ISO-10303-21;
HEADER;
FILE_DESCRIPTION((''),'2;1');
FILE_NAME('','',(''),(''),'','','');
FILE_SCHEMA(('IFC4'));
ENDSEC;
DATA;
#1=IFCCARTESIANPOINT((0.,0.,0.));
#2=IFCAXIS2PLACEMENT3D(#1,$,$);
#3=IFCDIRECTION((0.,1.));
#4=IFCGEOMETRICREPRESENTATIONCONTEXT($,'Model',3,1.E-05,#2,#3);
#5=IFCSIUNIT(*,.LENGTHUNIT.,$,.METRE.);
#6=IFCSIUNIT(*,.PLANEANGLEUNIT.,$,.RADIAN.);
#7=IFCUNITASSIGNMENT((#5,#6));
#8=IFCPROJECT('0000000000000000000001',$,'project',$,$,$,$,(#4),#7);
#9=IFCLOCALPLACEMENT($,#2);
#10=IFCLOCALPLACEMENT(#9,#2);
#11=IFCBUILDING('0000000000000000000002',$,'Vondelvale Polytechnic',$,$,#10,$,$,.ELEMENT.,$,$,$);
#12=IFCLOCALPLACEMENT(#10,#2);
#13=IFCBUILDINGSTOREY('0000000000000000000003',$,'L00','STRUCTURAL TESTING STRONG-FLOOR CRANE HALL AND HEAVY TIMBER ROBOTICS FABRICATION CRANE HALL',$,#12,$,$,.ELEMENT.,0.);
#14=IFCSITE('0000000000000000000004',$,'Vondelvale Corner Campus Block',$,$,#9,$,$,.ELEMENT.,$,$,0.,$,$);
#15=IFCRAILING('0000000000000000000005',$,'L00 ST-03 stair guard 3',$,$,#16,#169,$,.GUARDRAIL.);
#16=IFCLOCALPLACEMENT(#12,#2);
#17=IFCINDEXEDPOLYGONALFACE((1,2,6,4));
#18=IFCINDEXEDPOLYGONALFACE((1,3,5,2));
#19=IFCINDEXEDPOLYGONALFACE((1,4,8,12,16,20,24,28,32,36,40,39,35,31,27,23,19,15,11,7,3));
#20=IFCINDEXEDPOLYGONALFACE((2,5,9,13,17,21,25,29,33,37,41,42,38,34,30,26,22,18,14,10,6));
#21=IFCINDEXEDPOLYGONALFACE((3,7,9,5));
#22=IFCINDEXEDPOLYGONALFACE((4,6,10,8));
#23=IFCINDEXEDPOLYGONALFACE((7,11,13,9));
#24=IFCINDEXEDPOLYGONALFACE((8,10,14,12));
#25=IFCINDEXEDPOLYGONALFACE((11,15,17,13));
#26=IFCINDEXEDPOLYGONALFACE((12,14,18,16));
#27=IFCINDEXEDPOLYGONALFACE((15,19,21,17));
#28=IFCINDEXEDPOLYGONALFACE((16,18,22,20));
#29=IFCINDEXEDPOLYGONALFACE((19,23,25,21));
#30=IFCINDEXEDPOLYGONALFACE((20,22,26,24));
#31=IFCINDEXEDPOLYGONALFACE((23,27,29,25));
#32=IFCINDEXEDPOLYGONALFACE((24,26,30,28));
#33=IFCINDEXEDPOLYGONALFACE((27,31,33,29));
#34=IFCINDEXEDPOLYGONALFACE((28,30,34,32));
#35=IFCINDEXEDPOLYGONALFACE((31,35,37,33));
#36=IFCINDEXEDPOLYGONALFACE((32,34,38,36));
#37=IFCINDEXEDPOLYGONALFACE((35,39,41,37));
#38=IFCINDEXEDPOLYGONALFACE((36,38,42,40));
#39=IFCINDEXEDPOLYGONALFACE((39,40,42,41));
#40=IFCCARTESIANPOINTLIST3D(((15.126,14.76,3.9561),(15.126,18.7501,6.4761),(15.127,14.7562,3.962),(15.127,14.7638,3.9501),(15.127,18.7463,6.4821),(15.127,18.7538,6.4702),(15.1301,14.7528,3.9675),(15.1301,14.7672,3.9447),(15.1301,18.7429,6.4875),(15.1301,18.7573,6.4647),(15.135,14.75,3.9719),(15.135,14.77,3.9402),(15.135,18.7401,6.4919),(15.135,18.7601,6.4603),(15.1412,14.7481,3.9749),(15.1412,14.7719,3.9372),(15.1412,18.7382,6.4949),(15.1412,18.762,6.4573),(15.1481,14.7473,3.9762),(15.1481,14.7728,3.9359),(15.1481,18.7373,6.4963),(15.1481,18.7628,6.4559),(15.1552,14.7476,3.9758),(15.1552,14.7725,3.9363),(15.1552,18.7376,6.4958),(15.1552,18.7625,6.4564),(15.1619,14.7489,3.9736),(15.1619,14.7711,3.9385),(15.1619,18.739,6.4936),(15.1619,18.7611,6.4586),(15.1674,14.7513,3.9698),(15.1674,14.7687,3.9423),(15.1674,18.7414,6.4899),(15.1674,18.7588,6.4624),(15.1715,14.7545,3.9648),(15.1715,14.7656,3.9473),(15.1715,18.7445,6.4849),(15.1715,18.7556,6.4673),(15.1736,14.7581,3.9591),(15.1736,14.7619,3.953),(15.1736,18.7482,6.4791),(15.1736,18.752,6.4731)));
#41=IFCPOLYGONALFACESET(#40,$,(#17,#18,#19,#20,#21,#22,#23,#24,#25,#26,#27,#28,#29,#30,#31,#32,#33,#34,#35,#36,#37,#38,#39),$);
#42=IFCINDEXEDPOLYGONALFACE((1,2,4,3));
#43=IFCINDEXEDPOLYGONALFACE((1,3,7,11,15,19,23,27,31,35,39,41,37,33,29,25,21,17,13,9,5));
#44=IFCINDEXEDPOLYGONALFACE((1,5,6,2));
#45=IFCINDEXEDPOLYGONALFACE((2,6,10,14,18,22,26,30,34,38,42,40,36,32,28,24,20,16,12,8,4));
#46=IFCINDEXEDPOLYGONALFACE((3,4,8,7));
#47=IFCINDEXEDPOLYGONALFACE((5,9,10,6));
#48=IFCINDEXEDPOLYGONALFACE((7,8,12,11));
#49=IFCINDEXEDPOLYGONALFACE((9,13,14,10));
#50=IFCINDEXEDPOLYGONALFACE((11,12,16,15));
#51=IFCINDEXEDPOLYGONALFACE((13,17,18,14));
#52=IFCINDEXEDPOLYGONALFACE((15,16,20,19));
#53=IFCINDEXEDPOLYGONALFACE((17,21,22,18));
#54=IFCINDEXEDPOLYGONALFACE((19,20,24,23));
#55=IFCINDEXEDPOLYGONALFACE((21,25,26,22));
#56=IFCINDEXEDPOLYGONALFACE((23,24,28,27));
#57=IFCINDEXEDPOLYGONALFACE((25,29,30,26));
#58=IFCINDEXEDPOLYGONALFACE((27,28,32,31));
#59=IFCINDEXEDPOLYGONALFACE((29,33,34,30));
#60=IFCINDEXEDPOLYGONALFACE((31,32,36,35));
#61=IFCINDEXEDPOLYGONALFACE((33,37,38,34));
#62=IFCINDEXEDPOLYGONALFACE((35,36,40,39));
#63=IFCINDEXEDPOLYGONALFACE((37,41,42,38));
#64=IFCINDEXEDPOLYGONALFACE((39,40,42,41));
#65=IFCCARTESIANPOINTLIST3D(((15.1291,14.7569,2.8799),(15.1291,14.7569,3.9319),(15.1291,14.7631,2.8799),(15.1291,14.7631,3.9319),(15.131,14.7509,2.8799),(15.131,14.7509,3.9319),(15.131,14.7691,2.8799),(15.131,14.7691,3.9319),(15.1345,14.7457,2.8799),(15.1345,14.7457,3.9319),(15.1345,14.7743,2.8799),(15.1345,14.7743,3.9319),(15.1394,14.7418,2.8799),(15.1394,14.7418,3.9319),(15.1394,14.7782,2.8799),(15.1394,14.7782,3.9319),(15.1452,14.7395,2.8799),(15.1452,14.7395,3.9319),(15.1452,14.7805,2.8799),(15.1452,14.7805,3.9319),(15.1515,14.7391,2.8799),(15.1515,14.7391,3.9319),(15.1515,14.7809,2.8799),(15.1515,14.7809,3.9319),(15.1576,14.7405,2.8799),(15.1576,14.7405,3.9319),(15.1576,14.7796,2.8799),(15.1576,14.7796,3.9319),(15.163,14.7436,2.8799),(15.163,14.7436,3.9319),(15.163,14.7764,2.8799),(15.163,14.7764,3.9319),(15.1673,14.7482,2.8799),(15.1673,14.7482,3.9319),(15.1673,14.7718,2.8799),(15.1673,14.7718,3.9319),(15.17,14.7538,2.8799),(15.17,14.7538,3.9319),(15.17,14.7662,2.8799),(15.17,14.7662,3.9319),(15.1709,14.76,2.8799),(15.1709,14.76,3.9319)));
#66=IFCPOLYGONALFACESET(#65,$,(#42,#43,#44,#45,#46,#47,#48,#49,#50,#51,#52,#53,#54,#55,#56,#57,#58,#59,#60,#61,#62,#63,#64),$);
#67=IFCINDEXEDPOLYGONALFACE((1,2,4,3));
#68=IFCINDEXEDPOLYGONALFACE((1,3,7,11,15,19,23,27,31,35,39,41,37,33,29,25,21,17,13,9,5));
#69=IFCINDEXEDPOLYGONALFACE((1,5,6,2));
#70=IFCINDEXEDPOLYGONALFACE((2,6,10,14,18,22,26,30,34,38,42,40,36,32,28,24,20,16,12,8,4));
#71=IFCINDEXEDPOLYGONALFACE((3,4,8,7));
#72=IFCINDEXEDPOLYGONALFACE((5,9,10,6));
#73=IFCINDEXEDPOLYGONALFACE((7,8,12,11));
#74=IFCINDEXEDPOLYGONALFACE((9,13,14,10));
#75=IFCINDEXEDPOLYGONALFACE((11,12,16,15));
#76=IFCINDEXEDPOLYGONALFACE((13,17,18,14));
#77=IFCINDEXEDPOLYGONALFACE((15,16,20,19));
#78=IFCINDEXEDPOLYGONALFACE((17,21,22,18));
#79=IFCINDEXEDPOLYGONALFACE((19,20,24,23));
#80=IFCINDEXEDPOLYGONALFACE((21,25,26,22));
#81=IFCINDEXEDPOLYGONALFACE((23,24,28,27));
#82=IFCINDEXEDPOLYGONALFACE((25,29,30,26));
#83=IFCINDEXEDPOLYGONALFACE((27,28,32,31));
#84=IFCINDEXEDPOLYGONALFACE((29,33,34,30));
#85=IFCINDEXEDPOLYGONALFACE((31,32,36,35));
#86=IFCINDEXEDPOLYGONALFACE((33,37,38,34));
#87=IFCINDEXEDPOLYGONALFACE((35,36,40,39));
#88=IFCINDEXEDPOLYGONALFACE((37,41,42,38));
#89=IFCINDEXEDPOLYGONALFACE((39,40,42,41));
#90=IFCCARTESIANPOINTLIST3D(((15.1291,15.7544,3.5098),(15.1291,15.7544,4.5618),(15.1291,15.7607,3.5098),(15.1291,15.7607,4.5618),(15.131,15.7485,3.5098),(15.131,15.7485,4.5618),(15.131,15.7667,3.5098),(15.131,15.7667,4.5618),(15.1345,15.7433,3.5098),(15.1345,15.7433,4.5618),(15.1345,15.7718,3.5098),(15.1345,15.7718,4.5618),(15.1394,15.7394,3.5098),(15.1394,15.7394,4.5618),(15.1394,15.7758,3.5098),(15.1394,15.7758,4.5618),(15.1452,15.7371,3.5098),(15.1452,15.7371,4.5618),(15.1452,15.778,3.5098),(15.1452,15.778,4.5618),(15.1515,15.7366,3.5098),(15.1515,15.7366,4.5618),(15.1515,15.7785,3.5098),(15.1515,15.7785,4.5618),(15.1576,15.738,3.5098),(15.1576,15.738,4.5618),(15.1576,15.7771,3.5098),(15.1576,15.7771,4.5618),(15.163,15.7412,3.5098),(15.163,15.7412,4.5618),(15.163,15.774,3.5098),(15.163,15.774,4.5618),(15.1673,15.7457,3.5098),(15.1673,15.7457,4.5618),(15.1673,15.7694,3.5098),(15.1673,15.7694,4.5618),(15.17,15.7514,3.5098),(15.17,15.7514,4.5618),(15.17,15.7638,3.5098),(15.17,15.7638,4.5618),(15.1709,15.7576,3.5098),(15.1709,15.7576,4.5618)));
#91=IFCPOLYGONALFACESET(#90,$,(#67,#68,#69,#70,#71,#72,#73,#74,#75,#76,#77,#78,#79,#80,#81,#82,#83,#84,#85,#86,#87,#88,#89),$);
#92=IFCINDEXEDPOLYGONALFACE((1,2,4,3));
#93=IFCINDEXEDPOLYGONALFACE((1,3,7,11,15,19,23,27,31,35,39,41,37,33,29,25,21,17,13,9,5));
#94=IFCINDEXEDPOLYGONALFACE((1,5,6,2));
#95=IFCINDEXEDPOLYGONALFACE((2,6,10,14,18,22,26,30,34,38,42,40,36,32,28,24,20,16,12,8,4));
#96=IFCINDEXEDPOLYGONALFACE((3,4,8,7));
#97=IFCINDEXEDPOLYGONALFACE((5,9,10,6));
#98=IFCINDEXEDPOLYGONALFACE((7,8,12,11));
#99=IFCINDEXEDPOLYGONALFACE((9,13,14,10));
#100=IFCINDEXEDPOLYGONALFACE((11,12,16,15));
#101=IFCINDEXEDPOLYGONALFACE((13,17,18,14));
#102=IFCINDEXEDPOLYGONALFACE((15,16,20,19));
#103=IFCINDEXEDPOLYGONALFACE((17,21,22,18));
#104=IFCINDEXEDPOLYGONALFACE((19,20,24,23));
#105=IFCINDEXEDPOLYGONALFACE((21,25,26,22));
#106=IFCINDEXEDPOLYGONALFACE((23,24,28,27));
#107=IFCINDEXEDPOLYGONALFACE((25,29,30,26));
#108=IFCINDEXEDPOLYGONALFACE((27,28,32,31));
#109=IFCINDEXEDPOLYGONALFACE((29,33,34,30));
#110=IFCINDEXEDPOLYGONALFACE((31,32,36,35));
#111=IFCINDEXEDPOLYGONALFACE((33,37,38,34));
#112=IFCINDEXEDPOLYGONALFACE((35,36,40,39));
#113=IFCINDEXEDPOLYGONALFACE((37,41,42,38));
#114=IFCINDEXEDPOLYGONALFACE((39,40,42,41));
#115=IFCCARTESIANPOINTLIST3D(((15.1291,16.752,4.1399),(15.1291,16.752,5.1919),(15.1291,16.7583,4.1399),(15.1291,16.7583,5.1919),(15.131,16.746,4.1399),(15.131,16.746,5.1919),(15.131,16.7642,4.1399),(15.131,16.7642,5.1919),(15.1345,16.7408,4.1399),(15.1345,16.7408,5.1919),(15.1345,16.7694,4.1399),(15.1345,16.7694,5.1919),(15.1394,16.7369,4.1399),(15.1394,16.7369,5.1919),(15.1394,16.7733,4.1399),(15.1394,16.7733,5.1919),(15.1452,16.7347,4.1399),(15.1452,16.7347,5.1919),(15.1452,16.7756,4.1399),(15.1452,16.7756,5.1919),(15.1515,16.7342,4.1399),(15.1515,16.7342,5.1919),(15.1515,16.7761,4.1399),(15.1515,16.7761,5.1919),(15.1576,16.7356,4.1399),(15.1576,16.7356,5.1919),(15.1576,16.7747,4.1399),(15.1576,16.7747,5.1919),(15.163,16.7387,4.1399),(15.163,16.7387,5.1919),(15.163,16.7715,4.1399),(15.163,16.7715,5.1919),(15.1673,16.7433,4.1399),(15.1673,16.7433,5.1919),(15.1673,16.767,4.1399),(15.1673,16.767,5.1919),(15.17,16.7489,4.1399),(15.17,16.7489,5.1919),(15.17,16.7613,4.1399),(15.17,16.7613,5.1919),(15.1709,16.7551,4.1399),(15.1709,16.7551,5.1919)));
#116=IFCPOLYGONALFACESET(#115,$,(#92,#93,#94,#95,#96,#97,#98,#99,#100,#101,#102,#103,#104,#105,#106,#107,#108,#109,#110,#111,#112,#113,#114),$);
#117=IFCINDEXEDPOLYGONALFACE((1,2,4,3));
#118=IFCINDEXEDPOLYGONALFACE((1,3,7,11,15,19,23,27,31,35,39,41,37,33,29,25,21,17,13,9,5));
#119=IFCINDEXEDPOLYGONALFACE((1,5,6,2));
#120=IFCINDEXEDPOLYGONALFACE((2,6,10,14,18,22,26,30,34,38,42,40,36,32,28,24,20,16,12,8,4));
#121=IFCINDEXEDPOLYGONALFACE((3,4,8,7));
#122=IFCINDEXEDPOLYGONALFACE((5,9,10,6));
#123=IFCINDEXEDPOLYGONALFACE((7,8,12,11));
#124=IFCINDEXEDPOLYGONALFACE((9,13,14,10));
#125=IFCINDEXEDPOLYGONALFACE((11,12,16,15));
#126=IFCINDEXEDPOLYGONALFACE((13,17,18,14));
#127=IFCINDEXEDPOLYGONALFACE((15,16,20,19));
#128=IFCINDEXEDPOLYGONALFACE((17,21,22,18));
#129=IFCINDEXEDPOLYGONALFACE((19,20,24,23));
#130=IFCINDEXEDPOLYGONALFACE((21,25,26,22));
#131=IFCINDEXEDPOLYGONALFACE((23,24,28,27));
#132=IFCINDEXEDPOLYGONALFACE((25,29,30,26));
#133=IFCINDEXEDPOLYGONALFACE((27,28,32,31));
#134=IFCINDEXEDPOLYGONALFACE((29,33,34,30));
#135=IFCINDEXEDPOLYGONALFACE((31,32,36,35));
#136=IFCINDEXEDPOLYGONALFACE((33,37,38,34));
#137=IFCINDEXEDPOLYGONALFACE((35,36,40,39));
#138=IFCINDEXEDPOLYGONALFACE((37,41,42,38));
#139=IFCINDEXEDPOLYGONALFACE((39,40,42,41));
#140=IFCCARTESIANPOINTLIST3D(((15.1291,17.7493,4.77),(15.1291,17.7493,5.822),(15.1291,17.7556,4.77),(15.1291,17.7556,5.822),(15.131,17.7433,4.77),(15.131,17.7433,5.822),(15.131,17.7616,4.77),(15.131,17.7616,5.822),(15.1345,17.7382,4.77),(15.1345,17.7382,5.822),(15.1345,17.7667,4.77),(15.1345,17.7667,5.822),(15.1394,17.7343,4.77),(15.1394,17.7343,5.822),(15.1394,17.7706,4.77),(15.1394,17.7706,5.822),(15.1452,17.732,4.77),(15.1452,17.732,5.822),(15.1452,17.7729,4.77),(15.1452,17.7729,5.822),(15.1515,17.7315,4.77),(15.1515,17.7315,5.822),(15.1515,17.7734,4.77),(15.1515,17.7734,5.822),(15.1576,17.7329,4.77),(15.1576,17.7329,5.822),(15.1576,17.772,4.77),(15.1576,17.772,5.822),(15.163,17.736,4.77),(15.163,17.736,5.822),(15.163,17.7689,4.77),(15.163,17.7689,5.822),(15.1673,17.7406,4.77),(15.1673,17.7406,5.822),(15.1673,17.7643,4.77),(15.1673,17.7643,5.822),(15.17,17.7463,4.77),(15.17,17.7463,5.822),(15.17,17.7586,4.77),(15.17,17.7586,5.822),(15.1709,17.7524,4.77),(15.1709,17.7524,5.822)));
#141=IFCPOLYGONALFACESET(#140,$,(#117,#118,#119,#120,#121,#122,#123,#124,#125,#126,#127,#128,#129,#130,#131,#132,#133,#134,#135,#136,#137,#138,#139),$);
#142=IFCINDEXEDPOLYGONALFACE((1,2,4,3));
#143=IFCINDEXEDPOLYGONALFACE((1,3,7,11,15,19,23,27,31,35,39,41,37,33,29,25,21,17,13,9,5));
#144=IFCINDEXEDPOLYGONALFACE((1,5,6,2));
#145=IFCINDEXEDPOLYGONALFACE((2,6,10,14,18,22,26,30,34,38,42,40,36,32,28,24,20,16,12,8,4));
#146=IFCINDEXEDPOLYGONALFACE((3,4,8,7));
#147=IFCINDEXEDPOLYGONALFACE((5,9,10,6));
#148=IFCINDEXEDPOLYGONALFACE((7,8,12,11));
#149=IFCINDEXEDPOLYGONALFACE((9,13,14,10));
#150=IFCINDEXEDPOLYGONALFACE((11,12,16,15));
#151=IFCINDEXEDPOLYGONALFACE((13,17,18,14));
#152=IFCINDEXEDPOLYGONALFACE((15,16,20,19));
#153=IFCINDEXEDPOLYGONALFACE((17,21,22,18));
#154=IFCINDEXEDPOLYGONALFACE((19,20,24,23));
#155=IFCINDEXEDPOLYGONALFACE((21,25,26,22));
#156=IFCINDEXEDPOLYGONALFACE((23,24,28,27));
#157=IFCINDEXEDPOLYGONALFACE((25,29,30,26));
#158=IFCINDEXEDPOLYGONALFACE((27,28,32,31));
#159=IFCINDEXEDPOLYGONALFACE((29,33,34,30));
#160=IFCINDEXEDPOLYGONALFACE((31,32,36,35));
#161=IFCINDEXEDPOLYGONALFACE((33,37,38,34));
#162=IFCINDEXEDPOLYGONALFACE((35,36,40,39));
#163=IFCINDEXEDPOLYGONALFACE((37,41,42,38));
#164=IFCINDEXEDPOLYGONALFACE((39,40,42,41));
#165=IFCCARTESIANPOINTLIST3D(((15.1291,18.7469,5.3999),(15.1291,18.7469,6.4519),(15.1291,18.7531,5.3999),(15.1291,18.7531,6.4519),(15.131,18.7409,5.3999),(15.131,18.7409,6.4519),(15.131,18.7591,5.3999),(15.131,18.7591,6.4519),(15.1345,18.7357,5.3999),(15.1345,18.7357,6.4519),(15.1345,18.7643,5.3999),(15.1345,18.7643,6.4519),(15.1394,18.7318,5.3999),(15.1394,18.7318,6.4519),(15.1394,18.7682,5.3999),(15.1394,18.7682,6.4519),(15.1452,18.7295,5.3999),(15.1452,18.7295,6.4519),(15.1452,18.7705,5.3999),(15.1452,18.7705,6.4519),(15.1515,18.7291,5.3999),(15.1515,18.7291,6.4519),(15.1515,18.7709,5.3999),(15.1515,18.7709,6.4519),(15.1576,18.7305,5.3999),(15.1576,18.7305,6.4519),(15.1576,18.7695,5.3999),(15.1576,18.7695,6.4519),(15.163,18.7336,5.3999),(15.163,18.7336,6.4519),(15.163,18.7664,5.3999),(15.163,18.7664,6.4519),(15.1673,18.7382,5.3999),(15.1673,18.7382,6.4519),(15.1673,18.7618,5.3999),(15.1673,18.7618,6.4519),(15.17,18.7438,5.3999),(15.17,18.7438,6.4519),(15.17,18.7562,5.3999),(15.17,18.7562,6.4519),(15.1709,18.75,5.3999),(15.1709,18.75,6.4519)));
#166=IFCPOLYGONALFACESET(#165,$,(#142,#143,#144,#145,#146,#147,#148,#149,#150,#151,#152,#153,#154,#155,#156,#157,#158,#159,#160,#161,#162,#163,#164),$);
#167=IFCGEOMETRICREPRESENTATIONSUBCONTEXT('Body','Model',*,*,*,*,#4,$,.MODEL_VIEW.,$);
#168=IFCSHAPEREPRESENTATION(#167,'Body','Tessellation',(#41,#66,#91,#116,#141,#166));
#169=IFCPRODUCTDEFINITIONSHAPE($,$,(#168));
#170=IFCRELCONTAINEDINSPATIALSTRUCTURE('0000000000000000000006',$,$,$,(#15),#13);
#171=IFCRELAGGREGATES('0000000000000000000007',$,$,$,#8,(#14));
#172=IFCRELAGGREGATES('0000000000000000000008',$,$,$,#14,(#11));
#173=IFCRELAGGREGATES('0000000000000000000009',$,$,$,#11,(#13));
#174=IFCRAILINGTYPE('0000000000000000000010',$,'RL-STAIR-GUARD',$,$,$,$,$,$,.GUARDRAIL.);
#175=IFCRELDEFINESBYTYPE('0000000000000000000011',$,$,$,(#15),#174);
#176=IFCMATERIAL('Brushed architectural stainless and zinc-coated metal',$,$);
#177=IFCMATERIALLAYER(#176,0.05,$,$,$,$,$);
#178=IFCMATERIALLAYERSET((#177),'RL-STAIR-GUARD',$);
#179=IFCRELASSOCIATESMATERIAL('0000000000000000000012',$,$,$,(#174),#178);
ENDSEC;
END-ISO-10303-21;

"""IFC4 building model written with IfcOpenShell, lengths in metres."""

from ifc_helpers import new_model, si_unit, direction, frame, origin, origin_2d, place, context, subcontext, project, spatial, circle, extrude, material, layer, layer_set, type_object, element, save


model = new_model("IFC4")

# Units and contexts
model_context = context("Model", 3, precision=1e-05, world=origin(), true_north=direction((0.0, 1.0)))
body_context = subcontext(model_context, "Body", "Model", "MODEL_VIEW")
ifc_project = project(units=[si_unit("LENGTHUNIT", "METRE"), si_unit("PLANEANGLEUNIT", "RADIAN")], contexts=[model_context])

# Site, building, storey
site_placement = place(None, origin())
site = spatial("IfcSite", under=ifc_project, at=site_placement, Name="Vondelvale Corner Campus Block", CompositionType="ELEMENT", RefElevation=0.0)
building_placement = place(site_placement, origin())
building = spatial("IfcBuilding", under=site, at=building_placement, Name="Vondelvale Polytechnic", CompositionType="ELEMENT")
storey_placement = place(building_placement, origin())
storey = spatial("IfcBuildingStorey", under=building, at=storey_placement, Name="L00", Description="STRUCTURAL TESTING STRONG-FLOOR CRANE HALL AND HEAVY TIMBER ROBOTICS FABRICATION CRANE HALL", CompositionType="ELEMENT", Elevation=0.0)

# Shared definitions
ifc_material_1 = material(Name="Brushed architectural stainless and zinc-coated metal")

# Railing
ifc_layer_1 = layer(ifc_material_1, 0.05)
ifc_layer_set_1 = layer_set([ifc_layer_1], Name="RL-STAIR-GUARD")
railing_type_1 = type_object("IfcRailingType", Name="RL-STAIR-GUARD", PredefinedType="GUARDRAIL", material=ifc_layer_set_1)
railing_1_placement = place(storey_placement, frame((15.1499, 14.76, 2.8799)))
element("IfcRailing", 1, at=railing_1_placement, inside=storey, type_object=railing_type_1, Name="L00 ST-03 stair guard 3", PredefinedType="GUARDRAIL", context=body_context, shape_type="SweptSolid", body=[
    extrude(circle(Radius=0.0239, at=origin_2d()), frame((0.0, 0.0, 1.0762), z_axis=(0.0, 0.845486, 0.533997), x_axis=(-1.0, 0.0, 0.0)), (0.0, 0.0, 1.0), 4.7192),
    extrude(circle(Radius=0.021, at=origin_2d()), origin(), (0.0, 0.0, 1.0), 1.052),
    extrude(circle(Radius=0.021, at=origin_2d()), frame((0.0, 0.9976, 0.6299)), (0.0, 0.0, 1.0), 1.052),
    extrude(circle(Radius=0.021, at=origin_2d()), frame((0.0, 1.9951, 1.26)), (0.0, 0.0, 1.0), 1.052),
    extrude(circle(Radius=0.021, at=origin_2d()), frame((0.0, 2.9924, 1.8901)), (0.0, 0.0, 1.0), 1.052),
    extrude(circle(Radius=0.021, at=origin_2d()), frame((0.0, 3.99, 2.52)), (0.0, 0.0, 1.0), 1.052),
])

save(model, "model.ifc")
